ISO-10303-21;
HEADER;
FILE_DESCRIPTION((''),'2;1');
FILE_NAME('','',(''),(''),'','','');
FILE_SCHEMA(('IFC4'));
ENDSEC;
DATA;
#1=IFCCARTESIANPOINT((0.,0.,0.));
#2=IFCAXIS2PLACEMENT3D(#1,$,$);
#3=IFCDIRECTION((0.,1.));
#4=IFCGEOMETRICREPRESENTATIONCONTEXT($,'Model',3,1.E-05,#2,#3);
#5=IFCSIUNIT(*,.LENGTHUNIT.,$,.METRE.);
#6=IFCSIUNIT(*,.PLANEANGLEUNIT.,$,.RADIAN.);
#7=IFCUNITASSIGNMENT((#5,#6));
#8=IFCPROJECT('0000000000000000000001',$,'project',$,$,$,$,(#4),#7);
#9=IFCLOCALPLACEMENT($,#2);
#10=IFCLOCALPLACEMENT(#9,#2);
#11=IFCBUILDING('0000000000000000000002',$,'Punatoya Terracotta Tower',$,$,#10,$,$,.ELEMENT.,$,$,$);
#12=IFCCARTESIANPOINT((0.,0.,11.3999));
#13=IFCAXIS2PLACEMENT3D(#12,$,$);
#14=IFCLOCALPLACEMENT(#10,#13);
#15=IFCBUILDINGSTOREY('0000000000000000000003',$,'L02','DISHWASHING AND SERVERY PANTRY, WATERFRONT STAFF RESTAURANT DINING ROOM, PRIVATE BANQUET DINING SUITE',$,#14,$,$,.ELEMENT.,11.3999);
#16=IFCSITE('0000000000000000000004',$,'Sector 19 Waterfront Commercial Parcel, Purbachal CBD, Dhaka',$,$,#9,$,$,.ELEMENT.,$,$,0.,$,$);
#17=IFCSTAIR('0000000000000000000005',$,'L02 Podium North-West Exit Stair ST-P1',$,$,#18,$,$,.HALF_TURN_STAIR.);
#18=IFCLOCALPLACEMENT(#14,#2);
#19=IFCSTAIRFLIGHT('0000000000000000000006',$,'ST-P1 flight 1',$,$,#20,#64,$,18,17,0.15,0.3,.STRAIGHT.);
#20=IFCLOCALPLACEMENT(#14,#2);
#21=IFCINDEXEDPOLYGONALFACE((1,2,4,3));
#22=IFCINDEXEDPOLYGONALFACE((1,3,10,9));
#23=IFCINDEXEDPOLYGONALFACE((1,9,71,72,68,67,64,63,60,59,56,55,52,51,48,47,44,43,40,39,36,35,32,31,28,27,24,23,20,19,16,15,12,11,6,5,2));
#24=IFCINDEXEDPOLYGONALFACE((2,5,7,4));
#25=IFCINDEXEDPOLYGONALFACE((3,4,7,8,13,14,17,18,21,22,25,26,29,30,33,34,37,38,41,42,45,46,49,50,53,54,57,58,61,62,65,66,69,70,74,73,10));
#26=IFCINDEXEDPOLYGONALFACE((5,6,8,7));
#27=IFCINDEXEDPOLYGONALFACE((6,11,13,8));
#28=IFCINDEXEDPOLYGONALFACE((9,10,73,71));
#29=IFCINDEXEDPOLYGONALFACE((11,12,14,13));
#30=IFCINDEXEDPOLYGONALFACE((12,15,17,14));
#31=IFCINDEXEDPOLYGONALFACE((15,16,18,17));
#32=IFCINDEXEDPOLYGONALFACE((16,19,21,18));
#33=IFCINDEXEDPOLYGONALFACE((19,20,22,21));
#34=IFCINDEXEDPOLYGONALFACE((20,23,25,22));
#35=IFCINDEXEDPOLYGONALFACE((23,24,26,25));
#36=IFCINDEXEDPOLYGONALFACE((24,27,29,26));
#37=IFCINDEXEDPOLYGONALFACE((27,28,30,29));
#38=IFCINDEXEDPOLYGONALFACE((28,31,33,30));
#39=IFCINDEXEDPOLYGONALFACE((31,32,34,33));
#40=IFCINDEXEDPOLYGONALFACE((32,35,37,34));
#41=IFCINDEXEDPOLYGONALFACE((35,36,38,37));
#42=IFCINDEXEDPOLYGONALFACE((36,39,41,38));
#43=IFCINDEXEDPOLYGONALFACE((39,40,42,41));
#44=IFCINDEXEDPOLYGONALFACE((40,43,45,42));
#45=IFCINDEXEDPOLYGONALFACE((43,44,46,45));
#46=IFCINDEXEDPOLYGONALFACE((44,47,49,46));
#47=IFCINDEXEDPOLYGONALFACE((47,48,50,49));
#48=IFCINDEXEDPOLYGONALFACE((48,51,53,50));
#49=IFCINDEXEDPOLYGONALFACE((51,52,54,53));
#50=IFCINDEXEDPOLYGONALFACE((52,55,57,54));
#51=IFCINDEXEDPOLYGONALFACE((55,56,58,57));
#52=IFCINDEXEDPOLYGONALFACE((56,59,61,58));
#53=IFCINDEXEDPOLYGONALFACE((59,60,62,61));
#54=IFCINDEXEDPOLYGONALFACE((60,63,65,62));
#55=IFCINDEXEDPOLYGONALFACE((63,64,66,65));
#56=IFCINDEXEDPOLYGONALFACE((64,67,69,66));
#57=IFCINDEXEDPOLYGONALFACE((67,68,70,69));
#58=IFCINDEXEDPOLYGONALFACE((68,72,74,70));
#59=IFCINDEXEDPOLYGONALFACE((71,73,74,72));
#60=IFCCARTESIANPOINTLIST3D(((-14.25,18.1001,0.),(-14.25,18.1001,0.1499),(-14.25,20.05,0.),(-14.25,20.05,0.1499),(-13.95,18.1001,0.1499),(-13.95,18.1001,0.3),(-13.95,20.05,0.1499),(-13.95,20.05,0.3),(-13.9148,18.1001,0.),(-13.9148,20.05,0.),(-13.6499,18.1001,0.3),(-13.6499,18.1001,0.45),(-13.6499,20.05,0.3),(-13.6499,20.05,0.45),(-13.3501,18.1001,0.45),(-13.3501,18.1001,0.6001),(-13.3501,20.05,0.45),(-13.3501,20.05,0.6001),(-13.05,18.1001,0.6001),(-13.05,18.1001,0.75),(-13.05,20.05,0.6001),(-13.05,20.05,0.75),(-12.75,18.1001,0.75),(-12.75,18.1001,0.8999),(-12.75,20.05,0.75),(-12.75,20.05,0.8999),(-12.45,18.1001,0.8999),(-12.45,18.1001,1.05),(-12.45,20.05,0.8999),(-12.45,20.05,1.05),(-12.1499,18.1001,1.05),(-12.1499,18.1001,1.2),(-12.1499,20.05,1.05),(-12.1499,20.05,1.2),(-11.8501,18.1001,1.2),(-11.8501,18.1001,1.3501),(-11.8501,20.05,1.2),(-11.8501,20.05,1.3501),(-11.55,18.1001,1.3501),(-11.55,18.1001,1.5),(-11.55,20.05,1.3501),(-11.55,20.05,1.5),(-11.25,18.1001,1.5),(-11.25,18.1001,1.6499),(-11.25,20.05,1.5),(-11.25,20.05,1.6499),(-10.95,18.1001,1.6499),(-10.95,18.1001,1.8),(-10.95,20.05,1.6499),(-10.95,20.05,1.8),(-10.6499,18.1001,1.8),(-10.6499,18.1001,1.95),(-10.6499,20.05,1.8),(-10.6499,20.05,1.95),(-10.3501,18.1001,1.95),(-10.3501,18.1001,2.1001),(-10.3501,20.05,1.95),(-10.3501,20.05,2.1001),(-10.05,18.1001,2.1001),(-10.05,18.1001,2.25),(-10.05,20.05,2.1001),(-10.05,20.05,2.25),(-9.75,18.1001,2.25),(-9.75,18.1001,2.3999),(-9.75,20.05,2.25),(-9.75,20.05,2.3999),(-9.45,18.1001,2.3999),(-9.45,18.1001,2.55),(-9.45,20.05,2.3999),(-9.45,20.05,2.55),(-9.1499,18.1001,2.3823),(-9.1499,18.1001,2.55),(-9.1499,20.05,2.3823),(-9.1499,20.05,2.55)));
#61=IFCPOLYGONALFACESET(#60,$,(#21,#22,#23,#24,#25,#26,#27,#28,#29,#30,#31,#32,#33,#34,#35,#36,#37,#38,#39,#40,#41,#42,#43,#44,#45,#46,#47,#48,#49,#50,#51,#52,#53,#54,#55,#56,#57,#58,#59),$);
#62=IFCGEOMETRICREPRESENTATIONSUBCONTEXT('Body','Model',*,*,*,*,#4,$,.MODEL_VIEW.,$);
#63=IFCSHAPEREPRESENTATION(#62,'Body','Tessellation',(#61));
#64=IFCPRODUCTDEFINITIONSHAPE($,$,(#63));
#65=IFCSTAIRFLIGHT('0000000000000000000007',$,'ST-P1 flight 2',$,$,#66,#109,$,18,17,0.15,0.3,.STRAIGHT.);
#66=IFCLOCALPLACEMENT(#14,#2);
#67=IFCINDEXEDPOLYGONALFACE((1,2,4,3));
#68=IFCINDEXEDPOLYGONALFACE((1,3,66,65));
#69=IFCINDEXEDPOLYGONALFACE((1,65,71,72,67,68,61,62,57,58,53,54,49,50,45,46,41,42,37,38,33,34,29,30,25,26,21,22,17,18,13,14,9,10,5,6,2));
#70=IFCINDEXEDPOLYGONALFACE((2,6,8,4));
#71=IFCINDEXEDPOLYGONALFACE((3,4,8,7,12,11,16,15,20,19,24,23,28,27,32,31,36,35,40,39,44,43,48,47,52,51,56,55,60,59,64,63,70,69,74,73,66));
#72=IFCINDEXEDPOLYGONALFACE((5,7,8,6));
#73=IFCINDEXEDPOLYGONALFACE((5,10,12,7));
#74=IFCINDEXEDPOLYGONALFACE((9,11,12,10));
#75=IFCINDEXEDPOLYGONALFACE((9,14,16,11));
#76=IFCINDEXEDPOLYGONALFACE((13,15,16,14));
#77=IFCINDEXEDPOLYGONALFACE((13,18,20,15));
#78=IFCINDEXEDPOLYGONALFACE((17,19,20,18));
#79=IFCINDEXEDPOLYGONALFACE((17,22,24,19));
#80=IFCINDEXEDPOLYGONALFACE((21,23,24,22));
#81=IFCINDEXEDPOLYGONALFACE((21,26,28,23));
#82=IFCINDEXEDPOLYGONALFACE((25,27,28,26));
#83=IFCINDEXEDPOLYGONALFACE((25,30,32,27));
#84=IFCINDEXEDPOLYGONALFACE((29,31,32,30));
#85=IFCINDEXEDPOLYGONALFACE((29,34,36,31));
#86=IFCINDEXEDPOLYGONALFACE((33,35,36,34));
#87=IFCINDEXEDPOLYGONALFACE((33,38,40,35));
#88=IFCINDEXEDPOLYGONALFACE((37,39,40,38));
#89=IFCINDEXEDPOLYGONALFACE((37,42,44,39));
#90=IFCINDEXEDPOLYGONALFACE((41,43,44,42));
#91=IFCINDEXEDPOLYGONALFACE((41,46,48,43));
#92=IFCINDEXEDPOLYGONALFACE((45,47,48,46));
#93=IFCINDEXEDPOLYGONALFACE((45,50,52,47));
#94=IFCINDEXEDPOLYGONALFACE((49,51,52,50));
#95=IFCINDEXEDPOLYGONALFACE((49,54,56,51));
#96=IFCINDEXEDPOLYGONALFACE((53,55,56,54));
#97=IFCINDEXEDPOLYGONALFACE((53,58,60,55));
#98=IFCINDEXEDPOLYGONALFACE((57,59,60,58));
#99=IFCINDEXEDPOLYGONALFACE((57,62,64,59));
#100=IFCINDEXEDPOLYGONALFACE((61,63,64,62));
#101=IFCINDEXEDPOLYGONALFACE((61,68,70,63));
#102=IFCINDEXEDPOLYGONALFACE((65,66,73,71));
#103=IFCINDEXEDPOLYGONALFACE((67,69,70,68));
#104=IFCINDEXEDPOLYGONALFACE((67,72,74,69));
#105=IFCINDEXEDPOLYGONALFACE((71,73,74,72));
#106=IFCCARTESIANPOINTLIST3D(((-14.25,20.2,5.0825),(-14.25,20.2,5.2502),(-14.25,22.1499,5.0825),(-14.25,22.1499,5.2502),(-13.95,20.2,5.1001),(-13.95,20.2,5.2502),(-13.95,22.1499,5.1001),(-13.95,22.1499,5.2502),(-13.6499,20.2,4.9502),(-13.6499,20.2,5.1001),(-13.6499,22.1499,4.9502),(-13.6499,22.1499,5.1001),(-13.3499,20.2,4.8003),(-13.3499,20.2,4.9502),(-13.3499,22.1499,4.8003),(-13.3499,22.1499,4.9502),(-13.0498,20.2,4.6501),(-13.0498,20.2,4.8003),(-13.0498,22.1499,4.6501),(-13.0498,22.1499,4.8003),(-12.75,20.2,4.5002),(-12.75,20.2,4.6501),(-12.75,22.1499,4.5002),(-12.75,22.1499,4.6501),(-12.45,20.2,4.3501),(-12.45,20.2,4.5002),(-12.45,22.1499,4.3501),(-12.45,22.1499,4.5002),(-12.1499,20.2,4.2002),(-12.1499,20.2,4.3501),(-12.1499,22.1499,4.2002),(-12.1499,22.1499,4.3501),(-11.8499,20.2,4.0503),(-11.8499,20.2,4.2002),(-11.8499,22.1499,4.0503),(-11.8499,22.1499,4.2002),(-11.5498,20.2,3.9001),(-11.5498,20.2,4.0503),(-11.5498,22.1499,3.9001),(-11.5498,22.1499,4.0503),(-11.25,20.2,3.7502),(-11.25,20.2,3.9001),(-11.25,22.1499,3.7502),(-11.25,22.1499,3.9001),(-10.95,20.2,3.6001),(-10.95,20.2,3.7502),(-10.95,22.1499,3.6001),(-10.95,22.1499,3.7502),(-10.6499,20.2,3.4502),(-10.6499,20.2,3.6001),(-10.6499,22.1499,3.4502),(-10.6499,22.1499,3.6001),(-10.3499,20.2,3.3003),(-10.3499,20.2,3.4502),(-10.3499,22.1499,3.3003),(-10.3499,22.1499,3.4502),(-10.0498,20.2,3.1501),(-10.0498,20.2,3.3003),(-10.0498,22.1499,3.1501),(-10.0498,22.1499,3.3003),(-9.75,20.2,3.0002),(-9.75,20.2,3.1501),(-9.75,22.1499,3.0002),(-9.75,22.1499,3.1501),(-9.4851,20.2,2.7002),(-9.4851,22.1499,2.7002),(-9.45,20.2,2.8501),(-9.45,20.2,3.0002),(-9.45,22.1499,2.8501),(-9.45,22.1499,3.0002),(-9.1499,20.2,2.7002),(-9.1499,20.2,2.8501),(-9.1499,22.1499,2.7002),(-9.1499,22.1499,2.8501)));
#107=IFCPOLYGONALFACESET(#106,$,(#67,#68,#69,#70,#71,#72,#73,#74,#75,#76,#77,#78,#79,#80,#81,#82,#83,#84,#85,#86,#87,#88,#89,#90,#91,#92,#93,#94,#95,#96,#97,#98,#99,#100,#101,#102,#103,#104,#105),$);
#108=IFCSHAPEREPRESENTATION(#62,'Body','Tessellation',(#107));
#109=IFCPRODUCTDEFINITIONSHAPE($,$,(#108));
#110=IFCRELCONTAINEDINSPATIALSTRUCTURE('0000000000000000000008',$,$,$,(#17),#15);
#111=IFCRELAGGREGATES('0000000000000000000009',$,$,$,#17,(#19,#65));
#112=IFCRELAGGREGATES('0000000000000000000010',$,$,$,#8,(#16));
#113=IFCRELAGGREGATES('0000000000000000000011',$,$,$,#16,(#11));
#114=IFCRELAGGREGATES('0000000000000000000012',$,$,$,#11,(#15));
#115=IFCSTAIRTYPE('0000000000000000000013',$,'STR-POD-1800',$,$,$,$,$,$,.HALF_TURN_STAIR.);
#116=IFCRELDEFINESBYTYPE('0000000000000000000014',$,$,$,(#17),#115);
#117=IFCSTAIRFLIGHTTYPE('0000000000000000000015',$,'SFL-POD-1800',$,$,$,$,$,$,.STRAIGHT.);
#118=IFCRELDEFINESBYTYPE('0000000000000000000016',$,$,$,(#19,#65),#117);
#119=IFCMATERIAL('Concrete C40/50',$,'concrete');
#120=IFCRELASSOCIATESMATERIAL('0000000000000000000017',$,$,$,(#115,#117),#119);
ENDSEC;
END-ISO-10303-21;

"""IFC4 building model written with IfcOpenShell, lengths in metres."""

from ifc_helpers import new_model, si_unit, direction, frame, origin, place, context, subcontext, project, spatial, polyline, outline, extrude, material, type_object, element, aggregate, save


model = new_model("IFC4")

# Units and contexts
model_context = context("Model", 3, precision=1e-05, world=origin(), true_north=direction((0.0, 1.0)))
body_context = subcontext(model_context, "Body", "Model", "MODEL_VIEW")
ifc_project = project(units=[si_unit("LENGTHUNIT", "METRE"), si_unit("PLANEANGLEUNIT", "RADIAN")], contexts=[model_context])

# Site, building, storey
site_placement = place(None, origin())
site = spatial("IfcSite", under=ifc_project, at=site_placement, Name="Sector 19 Waterfront Commercial Parcel, Purbachal CBD, Dhaka", CompositionType="ELEMENT", RefElevation=0.0)
building_placement = place(site_placement, origin())
building = spatial("IfcBuilding", under=site, at=building_placement, Name="Punatoya Terracotta Tower", CompositionType="ELEMENT")
storey_placement = place(building_placement, frame((0.0, 0.0, 11.3999)))
storey = spatial("IfcBuildingStorey", under=building, at=storey_placement, Name="L02", Description="DISHWASHING AND SERVERY PANTRY, WATERFRONT STAFF RESTAURANT DINING ROOM, PRIVATE BANQUET DINING SUITE", CompositionType="ELEMENT", Elevation=11.3999)

# Shared definitions
ifc_material_1 = material(Name="Concrete C40/50", Category="concrete")

# Stair, stair flights
stair_type = type_object("IfcStairType", Name="STR-POD-1800", PredefinedType="HALF_TURN_STAIR", material=ifc_material_1)
stair_placement = place(storey_placement, origin())
stair = element("IfcStair", 1, at=stair_placement, inside=storey, type_object=stair_type, Name="L02 Podium North-West Exit Stair ST-P1", PredefinedType="HALF_TURN_STAIR")
stair_flight_type = type_object("IfcStairFlightType", Name="SFL-POD-1800", PredefinedType="STRAIGHT", material=ifc_material_1)
stair_flight_1_placement = place(storey_placement, frame((-14.25, 19.075, 0.0), z_axis=(0.0, 0.0, 1.0), x_axis=(1.0, 0.0, 0.0)))
stair_flight_1 = element("IfcStairFlight", 2, at=stair_flight_1_placement, type_object=stair_flight_type, Name="ST-P1 flight 1", NumberOfRisers=18, NumberOfTreads=17, PredefinedType="STRAIGHT", RiserHeight=0.15, TreadLength=0.3, context=body_context, shape_type="SweptSolid", body=[
    extrude(outline(polyline([(0.0, 0.0), (0.0, 0.1499), (0.3, 0.1499), (0.3, 0.3), (0.6001, 0.3), (0.6001, 0.45), (0.8999, 0.45), (0.8999, 0.6001), (1.2, 0.6001), (1.2, 0.75), (1.5, 0.75), (1.5, 0.8999), (1.8, 0.8999), (1.8, 1.05), (2.1001, 1.05), (2.1001, 1.2), (2.3999, 1.2), (2.3999, 1.3501), (2.7, 1.3501), (2.7, 1.5), (3.0, 1.5), (3.0, 1.6499), (3.3, 1.6499), (3.3, 1.8), (3.6001, 1.8), (3.6001, 1.95), (3.8999, 1.95), (3.8999, 2.1001), (4.2, 2.1001), (4.2, 2.25), (4.5, 2.25), (4.5, 2.3999), (4.8, 2.3999), (4.8, 2.55), (5.1001, 2.55), (5.1001, 2.7), (5.1001, 2.3823), (0.3352, 0.0), (0.0, 0.0)])), frame((0.0, 0.9751, 0.0), z_axis=(0.0, -1.0, 0.0), x_axis=(1.0, 0.0, 0.0)), (0.0, 0.0, 1.0), 1.95),
])
stair_flight_2_placement = place(storey_placement, frame((-9.1499, 21.175, 2.7002), z_axis=(0.0, 0.0, 1.0), x_axis=(-1.0, 0.0, 0.0)))
stair_flight_2 = element("IfcStairFlight", 3, at=stair_flight_2_placement, type_object=stair_flight_type, Name="ST-P1 flight 2", NumberOfRisers=18, NumberOfTreads=17, PredefinedType="STRAIGHT", RiserHeight=0.15, TreadLength=0.3, context=body_context, shape_type="SweptSolid", body=[
    extrude(outline(polyline([(0.0, 0.0), (0.0, 0.1499), (0.3, 0.1499), (0.3, 0.3), (0.6001, 0.3), (0.6001, 0.45), (0.8999, 0.45), (0.8999, 0.6001), (1.2, 0.6001), (1.2, 0.75), (1.5, 0.75), (1.5, 0.8999), (1.8, 0.8999), (1.8, 1.05), (2.1001, 1.05), (2.1001, 1.2), (2.3999, 1.2), (2.3999, 1.3501), (2.7, 1.3501), (2.7, 1.5), (3.0, 1.5), (3.0, 1.6499), (3.3, 1.6499), (3.3, 1.8), (3.6001, 1.8), (3.6001, 1.95), (3.8999, 1.95), (3.8999, 2.1001), (4.2, 2.1001), (4.2, 2.25), (4.5, 2.25), (4.5, 2.3999), (4.8, 2.3999), (4.8, 2.55), (5.1001, 2.55), (5.1001, 2.7), (5.1001, 2.3823), (0.3352, 0.0), (0.0, 0.0)])), frame((0.0, 0.9751, 0.0), z_axis=(0.0, -1.0, 0.0), x_axis=(1.0, 0.0, 0.0)), (0.0, 0.0, 1.0), 1.95),
])
aggregate(stair, [stair_flight_1, stair_flight_2])

save(model, "model.ifc")
